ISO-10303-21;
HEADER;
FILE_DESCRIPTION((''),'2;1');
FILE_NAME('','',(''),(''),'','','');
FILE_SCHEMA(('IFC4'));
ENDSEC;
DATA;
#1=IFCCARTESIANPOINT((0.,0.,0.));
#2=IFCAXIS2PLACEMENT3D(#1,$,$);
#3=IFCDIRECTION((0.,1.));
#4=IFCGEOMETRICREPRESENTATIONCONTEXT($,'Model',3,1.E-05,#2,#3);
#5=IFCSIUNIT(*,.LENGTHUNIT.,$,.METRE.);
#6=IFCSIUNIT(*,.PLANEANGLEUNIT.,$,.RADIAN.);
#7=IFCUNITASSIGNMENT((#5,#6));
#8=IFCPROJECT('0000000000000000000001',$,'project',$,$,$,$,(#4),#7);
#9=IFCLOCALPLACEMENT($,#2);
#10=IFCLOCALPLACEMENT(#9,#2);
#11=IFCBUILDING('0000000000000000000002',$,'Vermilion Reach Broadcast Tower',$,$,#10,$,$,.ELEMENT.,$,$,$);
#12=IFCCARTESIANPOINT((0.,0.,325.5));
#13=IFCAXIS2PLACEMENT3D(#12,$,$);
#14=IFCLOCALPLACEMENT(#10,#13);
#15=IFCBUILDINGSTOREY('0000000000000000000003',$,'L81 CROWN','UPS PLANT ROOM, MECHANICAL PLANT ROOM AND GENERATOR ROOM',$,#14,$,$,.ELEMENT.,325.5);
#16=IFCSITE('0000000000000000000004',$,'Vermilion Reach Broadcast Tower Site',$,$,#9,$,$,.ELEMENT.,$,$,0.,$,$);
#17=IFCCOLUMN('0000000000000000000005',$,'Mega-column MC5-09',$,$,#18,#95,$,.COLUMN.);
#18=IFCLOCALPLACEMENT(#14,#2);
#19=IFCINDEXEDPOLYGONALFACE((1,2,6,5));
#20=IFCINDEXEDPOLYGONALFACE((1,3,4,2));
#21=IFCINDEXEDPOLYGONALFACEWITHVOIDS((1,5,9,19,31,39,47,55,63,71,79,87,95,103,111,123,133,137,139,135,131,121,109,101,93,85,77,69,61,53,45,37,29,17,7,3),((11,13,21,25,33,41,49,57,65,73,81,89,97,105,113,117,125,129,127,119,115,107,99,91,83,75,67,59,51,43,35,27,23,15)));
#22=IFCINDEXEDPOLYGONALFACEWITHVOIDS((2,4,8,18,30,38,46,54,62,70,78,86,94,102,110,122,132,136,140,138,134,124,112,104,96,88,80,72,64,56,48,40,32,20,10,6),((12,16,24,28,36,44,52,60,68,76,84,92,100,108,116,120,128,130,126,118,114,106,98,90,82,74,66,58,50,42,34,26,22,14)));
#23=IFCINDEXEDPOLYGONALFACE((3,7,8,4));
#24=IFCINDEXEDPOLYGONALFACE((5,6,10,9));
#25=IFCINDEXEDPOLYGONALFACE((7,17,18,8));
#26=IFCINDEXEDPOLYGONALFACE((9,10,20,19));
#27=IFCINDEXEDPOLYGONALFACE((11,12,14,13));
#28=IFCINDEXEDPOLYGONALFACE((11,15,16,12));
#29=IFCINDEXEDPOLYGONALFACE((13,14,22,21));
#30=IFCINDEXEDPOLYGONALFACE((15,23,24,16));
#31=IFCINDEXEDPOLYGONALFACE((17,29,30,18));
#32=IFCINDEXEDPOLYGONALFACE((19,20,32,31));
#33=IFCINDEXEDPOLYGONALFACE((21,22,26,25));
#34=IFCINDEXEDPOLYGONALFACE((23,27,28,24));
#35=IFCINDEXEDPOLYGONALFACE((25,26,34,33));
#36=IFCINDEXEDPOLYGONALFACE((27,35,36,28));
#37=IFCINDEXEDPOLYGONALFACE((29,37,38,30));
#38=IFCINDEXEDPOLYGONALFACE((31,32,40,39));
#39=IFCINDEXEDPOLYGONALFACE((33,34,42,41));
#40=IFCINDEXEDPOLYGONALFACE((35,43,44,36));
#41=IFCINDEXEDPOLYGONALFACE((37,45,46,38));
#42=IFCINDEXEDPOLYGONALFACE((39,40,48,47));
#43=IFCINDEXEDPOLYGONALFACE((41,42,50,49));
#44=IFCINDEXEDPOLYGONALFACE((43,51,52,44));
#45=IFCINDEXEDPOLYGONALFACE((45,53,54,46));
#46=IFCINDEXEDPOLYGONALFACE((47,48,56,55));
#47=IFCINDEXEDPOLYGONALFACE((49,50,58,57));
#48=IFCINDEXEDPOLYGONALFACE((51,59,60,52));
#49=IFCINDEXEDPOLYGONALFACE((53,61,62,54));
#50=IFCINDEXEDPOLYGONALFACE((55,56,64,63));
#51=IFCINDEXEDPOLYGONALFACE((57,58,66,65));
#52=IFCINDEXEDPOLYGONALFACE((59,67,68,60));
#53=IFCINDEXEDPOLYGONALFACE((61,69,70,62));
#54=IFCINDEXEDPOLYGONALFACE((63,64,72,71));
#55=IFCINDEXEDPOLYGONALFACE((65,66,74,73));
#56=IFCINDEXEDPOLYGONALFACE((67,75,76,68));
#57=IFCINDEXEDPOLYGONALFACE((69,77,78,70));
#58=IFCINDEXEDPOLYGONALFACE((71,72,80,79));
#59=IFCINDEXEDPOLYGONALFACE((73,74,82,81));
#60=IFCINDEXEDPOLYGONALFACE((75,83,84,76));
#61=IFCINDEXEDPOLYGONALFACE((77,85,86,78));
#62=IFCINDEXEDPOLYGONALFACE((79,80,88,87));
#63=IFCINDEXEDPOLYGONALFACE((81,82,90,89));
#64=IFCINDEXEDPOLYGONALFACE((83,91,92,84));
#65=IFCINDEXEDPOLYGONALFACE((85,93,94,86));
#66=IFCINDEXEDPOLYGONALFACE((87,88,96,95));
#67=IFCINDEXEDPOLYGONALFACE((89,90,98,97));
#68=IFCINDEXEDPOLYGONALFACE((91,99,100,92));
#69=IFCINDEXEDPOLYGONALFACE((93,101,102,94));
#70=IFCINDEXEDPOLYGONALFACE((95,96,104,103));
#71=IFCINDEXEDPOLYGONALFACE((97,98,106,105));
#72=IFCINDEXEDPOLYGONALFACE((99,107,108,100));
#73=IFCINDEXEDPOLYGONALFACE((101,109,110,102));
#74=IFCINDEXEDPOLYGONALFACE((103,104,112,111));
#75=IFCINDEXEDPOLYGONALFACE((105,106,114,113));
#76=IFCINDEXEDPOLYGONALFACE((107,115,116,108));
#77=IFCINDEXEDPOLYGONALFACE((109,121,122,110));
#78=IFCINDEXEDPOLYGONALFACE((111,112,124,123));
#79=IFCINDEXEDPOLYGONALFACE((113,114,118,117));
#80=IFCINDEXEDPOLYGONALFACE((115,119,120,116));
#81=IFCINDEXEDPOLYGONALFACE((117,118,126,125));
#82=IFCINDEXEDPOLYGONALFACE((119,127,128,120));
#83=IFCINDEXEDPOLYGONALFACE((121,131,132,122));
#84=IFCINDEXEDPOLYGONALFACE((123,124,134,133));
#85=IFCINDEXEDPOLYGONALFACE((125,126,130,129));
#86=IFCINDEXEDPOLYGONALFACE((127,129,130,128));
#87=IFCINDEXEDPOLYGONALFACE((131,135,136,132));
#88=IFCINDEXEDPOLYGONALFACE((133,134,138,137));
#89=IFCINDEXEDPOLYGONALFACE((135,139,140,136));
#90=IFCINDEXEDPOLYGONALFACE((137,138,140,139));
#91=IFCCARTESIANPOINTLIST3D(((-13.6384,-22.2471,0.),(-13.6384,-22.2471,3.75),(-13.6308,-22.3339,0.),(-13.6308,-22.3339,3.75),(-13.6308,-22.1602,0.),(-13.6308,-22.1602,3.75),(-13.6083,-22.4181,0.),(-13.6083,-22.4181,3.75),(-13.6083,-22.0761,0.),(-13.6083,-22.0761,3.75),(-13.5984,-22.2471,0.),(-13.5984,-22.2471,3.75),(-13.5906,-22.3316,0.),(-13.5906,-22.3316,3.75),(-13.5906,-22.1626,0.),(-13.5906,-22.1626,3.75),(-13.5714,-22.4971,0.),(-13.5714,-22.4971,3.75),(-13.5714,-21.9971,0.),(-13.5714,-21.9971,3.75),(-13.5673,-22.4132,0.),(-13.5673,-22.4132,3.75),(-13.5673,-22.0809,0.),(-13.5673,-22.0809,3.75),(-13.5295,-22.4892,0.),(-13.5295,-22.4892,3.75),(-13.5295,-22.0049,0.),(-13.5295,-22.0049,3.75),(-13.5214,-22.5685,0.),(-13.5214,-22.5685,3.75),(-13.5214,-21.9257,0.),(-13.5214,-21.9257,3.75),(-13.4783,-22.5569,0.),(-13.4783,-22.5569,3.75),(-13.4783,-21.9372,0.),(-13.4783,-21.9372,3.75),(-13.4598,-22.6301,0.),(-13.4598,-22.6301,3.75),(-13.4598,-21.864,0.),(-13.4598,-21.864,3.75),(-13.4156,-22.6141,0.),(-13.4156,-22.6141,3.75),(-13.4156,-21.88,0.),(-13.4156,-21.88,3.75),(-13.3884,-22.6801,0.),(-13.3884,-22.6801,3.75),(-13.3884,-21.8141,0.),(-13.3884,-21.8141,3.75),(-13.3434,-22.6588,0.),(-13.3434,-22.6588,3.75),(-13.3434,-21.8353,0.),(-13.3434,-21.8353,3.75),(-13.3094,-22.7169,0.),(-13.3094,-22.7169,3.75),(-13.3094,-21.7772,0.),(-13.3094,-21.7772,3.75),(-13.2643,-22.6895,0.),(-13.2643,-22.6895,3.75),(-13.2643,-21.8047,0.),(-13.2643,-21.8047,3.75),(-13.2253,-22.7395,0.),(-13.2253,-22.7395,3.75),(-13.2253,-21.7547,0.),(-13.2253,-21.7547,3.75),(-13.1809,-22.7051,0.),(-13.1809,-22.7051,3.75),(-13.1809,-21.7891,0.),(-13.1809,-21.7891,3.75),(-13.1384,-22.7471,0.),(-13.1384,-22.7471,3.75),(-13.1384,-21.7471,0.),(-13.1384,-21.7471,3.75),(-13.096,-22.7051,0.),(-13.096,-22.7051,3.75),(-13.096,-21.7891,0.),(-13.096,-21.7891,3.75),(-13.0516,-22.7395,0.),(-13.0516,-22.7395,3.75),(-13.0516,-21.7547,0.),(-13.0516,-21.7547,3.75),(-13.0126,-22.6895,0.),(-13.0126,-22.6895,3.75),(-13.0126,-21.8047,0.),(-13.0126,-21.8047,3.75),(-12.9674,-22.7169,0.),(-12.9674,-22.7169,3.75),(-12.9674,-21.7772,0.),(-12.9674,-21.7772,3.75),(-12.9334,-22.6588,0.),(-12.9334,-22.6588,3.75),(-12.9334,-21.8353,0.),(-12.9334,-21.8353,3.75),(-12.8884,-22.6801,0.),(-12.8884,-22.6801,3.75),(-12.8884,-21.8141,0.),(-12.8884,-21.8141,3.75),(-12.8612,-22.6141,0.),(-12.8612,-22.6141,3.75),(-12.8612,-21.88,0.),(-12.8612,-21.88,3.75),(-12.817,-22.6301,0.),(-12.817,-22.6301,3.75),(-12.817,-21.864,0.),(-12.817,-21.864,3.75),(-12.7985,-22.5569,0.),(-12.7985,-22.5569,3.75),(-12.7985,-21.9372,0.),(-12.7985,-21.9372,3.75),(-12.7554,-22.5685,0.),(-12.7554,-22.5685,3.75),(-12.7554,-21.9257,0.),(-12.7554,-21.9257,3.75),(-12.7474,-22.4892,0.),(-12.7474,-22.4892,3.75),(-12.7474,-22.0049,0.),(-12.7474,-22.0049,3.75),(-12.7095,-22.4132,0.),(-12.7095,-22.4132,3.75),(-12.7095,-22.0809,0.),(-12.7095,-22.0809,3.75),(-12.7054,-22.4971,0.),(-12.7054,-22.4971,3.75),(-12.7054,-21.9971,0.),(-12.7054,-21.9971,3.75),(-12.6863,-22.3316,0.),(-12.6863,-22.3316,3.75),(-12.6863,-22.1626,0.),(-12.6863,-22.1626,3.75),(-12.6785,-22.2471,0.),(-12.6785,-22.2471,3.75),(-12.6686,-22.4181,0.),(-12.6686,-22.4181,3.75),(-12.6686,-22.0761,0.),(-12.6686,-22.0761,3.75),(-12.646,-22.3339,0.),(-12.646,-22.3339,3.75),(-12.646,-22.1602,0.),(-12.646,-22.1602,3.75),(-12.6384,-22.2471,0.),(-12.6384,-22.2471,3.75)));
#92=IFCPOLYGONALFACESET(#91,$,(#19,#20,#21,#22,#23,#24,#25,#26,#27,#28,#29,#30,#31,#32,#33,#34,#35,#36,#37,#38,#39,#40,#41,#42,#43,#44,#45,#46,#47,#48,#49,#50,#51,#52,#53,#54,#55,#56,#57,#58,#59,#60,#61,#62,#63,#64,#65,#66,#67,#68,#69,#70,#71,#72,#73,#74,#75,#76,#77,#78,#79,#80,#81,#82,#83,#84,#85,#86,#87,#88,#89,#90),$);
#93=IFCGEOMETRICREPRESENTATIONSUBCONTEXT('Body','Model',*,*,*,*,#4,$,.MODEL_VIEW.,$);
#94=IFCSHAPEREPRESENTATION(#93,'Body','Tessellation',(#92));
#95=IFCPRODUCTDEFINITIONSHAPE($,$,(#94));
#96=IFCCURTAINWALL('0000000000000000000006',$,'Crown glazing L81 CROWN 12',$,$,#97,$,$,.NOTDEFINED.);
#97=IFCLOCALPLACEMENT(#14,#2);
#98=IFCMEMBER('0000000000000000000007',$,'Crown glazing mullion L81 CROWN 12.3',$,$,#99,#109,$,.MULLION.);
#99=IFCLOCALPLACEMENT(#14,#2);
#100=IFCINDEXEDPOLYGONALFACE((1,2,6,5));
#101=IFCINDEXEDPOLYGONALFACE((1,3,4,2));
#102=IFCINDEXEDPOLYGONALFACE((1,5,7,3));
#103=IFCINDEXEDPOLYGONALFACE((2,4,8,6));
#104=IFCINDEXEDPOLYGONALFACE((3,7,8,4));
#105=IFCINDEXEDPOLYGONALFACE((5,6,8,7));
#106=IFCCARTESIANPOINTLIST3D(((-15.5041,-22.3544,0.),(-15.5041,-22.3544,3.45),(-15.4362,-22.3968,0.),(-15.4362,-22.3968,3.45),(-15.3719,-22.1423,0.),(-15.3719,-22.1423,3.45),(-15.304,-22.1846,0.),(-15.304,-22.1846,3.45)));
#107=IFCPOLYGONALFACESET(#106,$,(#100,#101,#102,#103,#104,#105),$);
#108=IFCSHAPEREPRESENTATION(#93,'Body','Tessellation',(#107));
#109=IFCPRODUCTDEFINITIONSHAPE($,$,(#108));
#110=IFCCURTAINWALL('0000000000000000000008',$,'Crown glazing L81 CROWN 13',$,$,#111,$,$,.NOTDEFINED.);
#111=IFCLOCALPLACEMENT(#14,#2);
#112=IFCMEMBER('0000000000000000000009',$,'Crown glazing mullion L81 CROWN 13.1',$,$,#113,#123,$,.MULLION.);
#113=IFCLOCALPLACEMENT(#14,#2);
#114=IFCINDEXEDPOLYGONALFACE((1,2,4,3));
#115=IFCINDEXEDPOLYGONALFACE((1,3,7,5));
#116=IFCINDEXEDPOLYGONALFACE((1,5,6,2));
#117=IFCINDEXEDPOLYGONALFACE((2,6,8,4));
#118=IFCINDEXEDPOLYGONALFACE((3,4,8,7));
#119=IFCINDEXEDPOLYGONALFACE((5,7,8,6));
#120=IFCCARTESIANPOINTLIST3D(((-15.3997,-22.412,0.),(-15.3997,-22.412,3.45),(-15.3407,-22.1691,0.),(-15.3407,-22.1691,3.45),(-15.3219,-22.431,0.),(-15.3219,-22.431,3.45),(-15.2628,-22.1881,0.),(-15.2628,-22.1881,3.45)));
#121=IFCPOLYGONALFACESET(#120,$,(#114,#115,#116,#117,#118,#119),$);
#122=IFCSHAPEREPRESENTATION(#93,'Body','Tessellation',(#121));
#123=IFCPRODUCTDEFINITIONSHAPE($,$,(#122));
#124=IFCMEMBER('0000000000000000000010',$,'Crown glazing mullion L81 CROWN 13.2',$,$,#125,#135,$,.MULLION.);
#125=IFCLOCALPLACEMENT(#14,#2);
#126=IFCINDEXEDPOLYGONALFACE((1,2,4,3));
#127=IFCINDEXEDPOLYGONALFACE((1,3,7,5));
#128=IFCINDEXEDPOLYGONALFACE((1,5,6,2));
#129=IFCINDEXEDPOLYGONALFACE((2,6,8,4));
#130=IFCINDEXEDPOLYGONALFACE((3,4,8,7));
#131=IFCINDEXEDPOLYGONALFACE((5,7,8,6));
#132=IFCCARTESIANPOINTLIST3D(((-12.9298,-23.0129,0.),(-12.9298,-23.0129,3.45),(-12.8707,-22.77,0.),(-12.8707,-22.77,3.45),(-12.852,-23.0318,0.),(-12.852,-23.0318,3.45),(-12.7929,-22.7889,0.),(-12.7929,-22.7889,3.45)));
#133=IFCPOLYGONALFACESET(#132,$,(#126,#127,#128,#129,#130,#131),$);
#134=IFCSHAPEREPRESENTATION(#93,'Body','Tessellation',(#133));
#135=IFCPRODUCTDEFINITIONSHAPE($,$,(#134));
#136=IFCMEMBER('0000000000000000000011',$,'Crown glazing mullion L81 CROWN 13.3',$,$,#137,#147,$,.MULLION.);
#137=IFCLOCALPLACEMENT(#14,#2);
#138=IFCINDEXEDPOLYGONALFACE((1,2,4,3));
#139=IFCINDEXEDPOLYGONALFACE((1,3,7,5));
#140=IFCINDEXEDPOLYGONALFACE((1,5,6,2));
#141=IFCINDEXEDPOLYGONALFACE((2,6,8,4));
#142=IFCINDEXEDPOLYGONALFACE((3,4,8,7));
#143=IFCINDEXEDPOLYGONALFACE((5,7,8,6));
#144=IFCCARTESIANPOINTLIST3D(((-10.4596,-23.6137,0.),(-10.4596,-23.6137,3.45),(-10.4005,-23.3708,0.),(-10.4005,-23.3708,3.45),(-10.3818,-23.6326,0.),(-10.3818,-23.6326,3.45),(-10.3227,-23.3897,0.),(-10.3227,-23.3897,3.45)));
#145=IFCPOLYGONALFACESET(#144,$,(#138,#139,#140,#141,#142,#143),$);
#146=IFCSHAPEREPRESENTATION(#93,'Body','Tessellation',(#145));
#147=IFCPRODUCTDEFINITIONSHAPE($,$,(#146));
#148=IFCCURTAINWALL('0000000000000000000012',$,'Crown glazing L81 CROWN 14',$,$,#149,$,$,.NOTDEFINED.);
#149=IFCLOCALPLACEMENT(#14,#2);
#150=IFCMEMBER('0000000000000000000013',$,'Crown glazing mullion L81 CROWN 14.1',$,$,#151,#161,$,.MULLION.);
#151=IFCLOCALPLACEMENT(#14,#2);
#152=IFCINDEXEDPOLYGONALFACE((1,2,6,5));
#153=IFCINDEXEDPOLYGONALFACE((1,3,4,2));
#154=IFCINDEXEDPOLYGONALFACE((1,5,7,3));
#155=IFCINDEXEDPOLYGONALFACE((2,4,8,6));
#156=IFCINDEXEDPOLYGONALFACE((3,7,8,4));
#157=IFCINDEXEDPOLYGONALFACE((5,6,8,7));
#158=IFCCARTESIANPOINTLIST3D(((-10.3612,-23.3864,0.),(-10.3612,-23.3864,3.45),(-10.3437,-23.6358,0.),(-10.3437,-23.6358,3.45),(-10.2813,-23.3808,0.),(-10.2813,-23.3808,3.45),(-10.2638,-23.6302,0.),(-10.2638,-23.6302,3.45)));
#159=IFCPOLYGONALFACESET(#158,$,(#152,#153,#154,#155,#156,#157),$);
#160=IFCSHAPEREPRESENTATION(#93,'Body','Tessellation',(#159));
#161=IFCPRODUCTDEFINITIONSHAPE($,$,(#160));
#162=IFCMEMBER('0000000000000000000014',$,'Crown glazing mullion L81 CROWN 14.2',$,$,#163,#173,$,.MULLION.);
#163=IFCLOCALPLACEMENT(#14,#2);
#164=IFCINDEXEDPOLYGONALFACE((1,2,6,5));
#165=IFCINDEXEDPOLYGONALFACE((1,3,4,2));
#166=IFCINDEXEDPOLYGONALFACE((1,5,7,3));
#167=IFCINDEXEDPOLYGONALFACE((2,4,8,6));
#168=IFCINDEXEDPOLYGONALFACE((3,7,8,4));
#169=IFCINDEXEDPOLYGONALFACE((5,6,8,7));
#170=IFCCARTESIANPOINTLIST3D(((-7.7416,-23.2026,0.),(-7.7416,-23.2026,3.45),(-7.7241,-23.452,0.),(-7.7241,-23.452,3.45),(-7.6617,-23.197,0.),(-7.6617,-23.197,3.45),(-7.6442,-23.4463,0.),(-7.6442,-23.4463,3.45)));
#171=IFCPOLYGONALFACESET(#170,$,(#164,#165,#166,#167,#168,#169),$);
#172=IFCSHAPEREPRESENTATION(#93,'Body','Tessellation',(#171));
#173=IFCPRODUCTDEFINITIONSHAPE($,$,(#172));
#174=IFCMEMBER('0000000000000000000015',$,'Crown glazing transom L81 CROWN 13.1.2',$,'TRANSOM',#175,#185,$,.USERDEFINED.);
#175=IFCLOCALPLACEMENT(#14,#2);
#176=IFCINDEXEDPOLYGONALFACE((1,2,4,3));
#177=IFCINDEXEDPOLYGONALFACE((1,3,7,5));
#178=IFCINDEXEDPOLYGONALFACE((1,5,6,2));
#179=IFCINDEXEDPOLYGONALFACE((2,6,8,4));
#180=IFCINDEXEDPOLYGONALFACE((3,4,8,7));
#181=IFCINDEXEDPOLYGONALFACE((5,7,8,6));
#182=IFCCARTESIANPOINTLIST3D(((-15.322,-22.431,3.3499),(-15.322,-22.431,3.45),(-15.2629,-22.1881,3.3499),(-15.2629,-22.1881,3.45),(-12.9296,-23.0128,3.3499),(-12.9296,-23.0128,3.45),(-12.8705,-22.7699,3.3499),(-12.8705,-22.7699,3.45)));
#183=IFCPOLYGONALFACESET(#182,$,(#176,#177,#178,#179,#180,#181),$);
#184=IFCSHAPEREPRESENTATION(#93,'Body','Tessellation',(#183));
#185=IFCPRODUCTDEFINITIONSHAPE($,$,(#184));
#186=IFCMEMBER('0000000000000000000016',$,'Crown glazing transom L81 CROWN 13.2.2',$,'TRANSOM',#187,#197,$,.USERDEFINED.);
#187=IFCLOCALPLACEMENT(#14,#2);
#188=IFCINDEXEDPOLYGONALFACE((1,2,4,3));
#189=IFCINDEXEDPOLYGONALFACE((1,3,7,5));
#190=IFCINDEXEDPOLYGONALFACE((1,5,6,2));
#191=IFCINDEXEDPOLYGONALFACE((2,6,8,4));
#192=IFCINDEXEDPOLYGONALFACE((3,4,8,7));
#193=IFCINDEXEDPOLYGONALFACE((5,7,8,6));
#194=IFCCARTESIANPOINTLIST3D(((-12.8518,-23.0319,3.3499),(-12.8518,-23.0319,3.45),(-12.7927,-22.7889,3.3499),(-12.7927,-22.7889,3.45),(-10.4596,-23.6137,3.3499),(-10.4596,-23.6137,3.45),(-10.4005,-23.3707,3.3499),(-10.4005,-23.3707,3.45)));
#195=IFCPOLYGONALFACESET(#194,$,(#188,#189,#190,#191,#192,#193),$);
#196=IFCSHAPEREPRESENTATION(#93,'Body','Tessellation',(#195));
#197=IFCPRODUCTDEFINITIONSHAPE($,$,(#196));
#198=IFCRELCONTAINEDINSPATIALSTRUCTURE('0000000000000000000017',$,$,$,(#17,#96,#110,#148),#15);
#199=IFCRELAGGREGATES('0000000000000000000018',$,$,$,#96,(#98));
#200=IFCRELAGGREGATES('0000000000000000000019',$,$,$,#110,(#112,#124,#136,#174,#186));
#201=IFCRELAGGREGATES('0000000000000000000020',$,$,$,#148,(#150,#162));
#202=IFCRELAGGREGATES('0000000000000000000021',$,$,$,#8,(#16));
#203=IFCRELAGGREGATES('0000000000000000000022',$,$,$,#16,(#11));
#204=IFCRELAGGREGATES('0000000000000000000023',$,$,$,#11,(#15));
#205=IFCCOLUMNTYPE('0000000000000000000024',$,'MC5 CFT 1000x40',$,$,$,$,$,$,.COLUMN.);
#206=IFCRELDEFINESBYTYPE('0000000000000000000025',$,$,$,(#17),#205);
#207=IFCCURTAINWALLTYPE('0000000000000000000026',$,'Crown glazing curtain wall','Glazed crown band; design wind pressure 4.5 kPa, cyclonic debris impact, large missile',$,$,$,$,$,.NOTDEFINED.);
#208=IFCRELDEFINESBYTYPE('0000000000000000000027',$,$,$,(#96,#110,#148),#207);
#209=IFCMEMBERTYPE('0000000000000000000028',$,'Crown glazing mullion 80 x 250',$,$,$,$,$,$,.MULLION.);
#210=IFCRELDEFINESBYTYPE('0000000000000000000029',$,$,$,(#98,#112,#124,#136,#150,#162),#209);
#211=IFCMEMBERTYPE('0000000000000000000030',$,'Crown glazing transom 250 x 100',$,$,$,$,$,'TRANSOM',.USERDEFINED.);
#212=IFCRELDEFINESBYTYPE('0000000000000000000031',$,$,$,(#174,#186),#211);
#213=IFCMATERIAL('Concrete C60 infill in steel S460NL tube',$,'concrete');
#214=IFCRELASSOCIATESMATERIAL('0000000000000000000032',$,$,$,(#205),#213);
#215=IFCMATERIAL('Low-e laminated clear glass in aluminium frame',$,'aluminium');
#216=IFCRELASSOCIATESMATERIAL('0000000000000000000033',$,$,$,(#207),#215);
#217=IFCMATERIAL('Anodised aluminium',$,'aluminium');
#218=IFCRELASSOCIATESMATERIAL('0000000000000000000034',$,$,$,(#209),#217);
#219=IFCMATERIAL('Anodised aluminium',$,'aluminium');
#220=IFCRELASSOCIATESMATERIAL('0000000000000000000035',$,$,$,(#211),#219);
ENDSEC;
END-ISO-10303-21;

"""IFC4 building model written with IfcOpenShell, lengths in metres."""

from ifc_helpers import new_model, si_unit, direction, frame, origin, origin_2d, place, context, subcontext, project, spatial, rectangle, hollow_circle, extrude, material, material_profile, profile_set, type_object, element, aggregate, save


model = new_model("IFC4")

# Units and contexts
model_context = context("Model", 3, precision=1e-05, world=origin(), true_north=direction((0.0, 1.0)))
body_context = subcontext(model_context, "Body", "Model", "MODEL_VIEW")
ifc_project = project(units=[si_unit("LENGTHUNIT", "METRE"), si_unit("PLANEANGLEUNIT", "RADIAN")], contexts=[model_context])

# Site, building, storey
site_placement = place(None, origin())
site = spatial("IfcSite", under=ifc_project, at=site_placement, Name="Vermilion Reach Broadcast Tower Site", CompositionType="ELEMENT", RefElevation=0.0)
building_placement = place(site_placement, origin())
building = spatial("IfcBuilding", under=site, at=building_placement, Name="Vermilion Reach Broadcast Tower", CompositionType="ELEMENT")
storey_placement = place(building_placement, frame((0.0, 0.0, 325.5)))
storey = spatial("IfcBuildingStorey", under=building, at=storey_placement, Name="L81 CROWN", Description="UPS PLANT ROOM, MECHANICAL PLANT ROOM AND GENERATOR ROOM", CompositionType="ELEMENT", Elevation=325.5)

# Column
ifc_material_1 = material(Name="Concrete C60 infill in steel S460NL tube", Category="concrete")
ifc_material_profile_1 = material_profile(ifc_material_1, hollow_circle(Radius=0.5, WallThickness=0.04, at=origin_2d()), Name="Concrete C60 infill in steel S460NL tube CFT 1000x40")
ifc_profile_set_1 = profile_set([ifc_material_profile_1], Name="Concrete C60 infill in steel S460NL tube")
column_type = type_object("IfcColumnType", Name="MC5 CFT 1000x40", PredefinedType="COLUMN", material=ifc_profile_set_1)
column_placement = place(storey_placement, frame((-13.1384, -22.2471, 0.0), z_axis=(0.0, 0.0, 1.0), x_axis=(1.0, 0.0, 0.0)))
element("IfcColumn", 1, at=column_placement, inside=storey, type_object=column_type, Name="Mega-column MC5-09", PredefinedType="COLUMN", context=body_context, shape_type="SweptSolid", body=[
    extrude(hollow_circle(Radius=0.5, WallThickness=0.04, at=origin_2d()), origin(), (0.0, 0.0, 1.0), 3.75),
])

# Curtain wall, member
ifc_material_2 = material(Name="Low-e laminated clear glass in aluminium frame", Category="aluminium")
curtain_wall_type = type_object("IfcCurtainWallType", Name="Crown glazing curtain wall", Description="Glazed crown band; design wind pressure 4.5 kPa, cyclonic debris impact, large missile", PredefinedType="NOTDEFINED", material=ifc_material_2)
placement = place(storey_placement, origin())
curtain_wall_1 = element("IfcCurtainWall", 2, at=placement, inside=storey, type_object=curtain_wall_type, Name="Crown glazing L81 CROWN 12", PredefinedType="NOTDEFINED")
ifc_material_3 = material(Name="Anodised aluminium", Category="aluminium")
ifc_material_profile_2 = material_profile(ifc_material_3, rectangle(XDim=0.25, YDim=0.0801, at=origin_2d()), Name="Crown glazing mullion 80 x 250")
ifc_profile_set_2 = profile_set([ifc_material_profile_2], Name="Anodised aluminium")
member_type_1 = type_object("IfcMemberType", Name="Crown glazing mullion 80 x 250", PredefinedType="MULLION", material=ifc_profile_set_2)
member_1_placement = place(storey_placement, frame((-15.4041, -22.2695, 0.0), z_axis=(0.0, 0.0, 1.0), x_axis=(0.528861, 0.848708, 0.0)))
member_1 = element("IfcMember", 3, at=member_1_placement, type_object=member_type_1, Name="Crown glazing mullion L81 CROWN 12.3", PredefinedType="MULLION", context=body_context, shape_type="SweptSolid", body=[
    extrude(rectangle(XDim=0.25, YDim=0.0801, at=origin_2d()), origin(), (0.0, 0.0, 1.0), 3.45),
])
aggregate(curtain_wall_1, [member_1])

# Curtain walls, members
curtain_wall_2 = element("IfcCurtainWall", 4, at=placement, inside=storey, type_object=curtain_wall_type, Name="Crown glazing L81 CROWN 13", PredefinedType="NOTDEFINED")
member_2_placement = place(storey_placement, frame((-15.3313, -22.3, 0.0), z_axis=(0.0, 0.0, 1.0), x_axis=(0.236354, 0.971667, 0.0)))
member_2 = element("IfcMember", 5, at=member_2_placement, type_object=member_type_1, Name="Crown glazing mullion L81 CROWN 13.1", PredefinedType="MULLION", context=body_context, shape_type="SweptSolid", body=[
    extrude(rectangle(XDim=0.25, YDim=0.0801, at=origin_2d()), origin(), (0.0, 0.0, 1.0), 3.45),
])
member_3_placement = place(storey_placement, frame((-12.8613, -22.9009, 0.0), z_axis=(0.0, 0.0, 1.0), x_axis=(0.236354, 0.971667, 0.0)))
member_3 = element("IfcMember", 6, at=member_3_placement, type_object=member_type_1, Name="Crown glazing mullion L81 CROWN 13.2", PredefinedType="MULLION", context=body_context, shape_type="SweptSolid", body=[
    extrude(rectangle(XDim=0.25, YDim=0.0801, at=origin_2d()), origin(), (0.0, 0.0, 1.0), 3.45),
])
member_4_placement = place(storey_placement, frame((-10.3911, -23.5017, 0.0), z_axis=(0.0, 0.0, 1.0), x_axis=(0.236354, 0.971667, 0.0)))
member_4 = element("IfcMember", 7, at=member_4_placement, type_object=member_type_1, Name="Crown glazing mullion L81 CROWN 13.3", PredefinedType="MULLION", context=body_context, shape_type="SweptSolid", body=[
    extrude(rectangle(XDim=0.25, YDim=0.0801, at=origin_2d()), origin(), (0.0, 0.0, 1.0), 3.45),
])
curtain_wall_3 = element("IfcCurtainWall", 8, at=placement, inside=storey, type_object=curtain_wall_type, Name="Crown glazing L81 CROWN 14", PredefinedType="NOTDEFINED")
member_5_placement = place(storey_placement, frame((-10.3125, -23.5083, 0.0), z_axis=(0.0, 0.0, 1.0), x_axis=(-0.070082, 0.997541, 0.0)))
member_5 = element("IfcMember", 9, at=member_5_placement, type_object=member_type_1, Name="Crown glazing mullion L81 CROWN 14.1", PredefinedType="MULLION", context=body_context, shape_type="SweptSolid", body=[
    extrude(rectangle(XDim=0.25, YDim=0.0801, at=origin_2d()), origin(), (0.0, 0.0, 1.0), 3.45),
])
member_6_placement = place(storey_placement, frame((-7.6929, -23.3245, 0.0), z_axis=(0.0, 0.0, 1.0), x_axis=(-0.070082, 0.997541, 0.0)))
member_6 = element("IfcMember", 10, at=member_6_placement, type_object=member_type_1, Name="Crown glazing mullion L81 CROWN 14.2", PredefinedType="MULLION", context=body_context, shape_type="SweptSolid", body=[
    extrude(rectangle(XDim=0.25, YDim=0.0801, at=origin_2d()), origin(), (0.0, 0.0, 1.0), 3.45),
])

# Members
ifc_material_4 = material(Name="Anodised aluminium", Category="aluminium")
ifc_material_profile_3 = material_profile(ifc_material_4, rectangle(XDim=0.25, YDim=0.1001, at=origin_2d()), Name="Crown glazing transom 250 x 100")
ifc_profile_set_3 = profile_set([ifc_material_profile_3], Name="Anodised aluminium")
member_type_2 = type_object("IfcMemberType", Name="Crown glazing transom 250 x 100", ElementType="TRANSOM", PredefinedType="USERDEFINED", material=ifc_profile_set_3)
member_7_placement = place(storey_placement, frame((-15.2925, -22.3096, 3.3999), z_axis=(0.97168, -0.236301, 0.0), x_axis=(0.236301, 0.97168, 0.0)))
member_7 = element("IfcMember", 11, at=member_7_placement, type_object=member_type_2, Name="Crown glazing transom L81 CROWN 13.1.2", ObjectType="TRANSOM", PredefinedType="USERDEFINED", context=body_context, shape_type="SweptSolid", body=[
    extrude(rectangle(XDim=0.25, YDim=0.1001, at=origin_2d()), origin(), (0.0, 0.0, 1.0), 2.4622),
])
member_8_placement = place(storey_placement, frame((-12.8223, -22.9104, 3.3999), z_axis=(0.971674, -0.236324, 0.0), x_axis=(0.236324, 0.971674, 0.0)))
member_8 = element("IfcMember", 12, at=member_8_placement, type_object=member_type_2, Name="Crown glazing transom L81 CROWN 13.2.2", ObjectType="TRANSOM", PredefinedType="USERDEFINED", context=body_context, shape_type="SweptSolid", body=[
    extrude(rectangle(XDim=0.25, YDim=0.1001, at=origin_2d()), origin(), (0.0, 0.0, 1.0), 2.4619),
])

aggregate(curtain_wall_2, [member_2, member_3, member_4, member_7, member_8])
aggregate(curtain_wall_3, [member_5, member_6])

save(model, "model.ifc")
